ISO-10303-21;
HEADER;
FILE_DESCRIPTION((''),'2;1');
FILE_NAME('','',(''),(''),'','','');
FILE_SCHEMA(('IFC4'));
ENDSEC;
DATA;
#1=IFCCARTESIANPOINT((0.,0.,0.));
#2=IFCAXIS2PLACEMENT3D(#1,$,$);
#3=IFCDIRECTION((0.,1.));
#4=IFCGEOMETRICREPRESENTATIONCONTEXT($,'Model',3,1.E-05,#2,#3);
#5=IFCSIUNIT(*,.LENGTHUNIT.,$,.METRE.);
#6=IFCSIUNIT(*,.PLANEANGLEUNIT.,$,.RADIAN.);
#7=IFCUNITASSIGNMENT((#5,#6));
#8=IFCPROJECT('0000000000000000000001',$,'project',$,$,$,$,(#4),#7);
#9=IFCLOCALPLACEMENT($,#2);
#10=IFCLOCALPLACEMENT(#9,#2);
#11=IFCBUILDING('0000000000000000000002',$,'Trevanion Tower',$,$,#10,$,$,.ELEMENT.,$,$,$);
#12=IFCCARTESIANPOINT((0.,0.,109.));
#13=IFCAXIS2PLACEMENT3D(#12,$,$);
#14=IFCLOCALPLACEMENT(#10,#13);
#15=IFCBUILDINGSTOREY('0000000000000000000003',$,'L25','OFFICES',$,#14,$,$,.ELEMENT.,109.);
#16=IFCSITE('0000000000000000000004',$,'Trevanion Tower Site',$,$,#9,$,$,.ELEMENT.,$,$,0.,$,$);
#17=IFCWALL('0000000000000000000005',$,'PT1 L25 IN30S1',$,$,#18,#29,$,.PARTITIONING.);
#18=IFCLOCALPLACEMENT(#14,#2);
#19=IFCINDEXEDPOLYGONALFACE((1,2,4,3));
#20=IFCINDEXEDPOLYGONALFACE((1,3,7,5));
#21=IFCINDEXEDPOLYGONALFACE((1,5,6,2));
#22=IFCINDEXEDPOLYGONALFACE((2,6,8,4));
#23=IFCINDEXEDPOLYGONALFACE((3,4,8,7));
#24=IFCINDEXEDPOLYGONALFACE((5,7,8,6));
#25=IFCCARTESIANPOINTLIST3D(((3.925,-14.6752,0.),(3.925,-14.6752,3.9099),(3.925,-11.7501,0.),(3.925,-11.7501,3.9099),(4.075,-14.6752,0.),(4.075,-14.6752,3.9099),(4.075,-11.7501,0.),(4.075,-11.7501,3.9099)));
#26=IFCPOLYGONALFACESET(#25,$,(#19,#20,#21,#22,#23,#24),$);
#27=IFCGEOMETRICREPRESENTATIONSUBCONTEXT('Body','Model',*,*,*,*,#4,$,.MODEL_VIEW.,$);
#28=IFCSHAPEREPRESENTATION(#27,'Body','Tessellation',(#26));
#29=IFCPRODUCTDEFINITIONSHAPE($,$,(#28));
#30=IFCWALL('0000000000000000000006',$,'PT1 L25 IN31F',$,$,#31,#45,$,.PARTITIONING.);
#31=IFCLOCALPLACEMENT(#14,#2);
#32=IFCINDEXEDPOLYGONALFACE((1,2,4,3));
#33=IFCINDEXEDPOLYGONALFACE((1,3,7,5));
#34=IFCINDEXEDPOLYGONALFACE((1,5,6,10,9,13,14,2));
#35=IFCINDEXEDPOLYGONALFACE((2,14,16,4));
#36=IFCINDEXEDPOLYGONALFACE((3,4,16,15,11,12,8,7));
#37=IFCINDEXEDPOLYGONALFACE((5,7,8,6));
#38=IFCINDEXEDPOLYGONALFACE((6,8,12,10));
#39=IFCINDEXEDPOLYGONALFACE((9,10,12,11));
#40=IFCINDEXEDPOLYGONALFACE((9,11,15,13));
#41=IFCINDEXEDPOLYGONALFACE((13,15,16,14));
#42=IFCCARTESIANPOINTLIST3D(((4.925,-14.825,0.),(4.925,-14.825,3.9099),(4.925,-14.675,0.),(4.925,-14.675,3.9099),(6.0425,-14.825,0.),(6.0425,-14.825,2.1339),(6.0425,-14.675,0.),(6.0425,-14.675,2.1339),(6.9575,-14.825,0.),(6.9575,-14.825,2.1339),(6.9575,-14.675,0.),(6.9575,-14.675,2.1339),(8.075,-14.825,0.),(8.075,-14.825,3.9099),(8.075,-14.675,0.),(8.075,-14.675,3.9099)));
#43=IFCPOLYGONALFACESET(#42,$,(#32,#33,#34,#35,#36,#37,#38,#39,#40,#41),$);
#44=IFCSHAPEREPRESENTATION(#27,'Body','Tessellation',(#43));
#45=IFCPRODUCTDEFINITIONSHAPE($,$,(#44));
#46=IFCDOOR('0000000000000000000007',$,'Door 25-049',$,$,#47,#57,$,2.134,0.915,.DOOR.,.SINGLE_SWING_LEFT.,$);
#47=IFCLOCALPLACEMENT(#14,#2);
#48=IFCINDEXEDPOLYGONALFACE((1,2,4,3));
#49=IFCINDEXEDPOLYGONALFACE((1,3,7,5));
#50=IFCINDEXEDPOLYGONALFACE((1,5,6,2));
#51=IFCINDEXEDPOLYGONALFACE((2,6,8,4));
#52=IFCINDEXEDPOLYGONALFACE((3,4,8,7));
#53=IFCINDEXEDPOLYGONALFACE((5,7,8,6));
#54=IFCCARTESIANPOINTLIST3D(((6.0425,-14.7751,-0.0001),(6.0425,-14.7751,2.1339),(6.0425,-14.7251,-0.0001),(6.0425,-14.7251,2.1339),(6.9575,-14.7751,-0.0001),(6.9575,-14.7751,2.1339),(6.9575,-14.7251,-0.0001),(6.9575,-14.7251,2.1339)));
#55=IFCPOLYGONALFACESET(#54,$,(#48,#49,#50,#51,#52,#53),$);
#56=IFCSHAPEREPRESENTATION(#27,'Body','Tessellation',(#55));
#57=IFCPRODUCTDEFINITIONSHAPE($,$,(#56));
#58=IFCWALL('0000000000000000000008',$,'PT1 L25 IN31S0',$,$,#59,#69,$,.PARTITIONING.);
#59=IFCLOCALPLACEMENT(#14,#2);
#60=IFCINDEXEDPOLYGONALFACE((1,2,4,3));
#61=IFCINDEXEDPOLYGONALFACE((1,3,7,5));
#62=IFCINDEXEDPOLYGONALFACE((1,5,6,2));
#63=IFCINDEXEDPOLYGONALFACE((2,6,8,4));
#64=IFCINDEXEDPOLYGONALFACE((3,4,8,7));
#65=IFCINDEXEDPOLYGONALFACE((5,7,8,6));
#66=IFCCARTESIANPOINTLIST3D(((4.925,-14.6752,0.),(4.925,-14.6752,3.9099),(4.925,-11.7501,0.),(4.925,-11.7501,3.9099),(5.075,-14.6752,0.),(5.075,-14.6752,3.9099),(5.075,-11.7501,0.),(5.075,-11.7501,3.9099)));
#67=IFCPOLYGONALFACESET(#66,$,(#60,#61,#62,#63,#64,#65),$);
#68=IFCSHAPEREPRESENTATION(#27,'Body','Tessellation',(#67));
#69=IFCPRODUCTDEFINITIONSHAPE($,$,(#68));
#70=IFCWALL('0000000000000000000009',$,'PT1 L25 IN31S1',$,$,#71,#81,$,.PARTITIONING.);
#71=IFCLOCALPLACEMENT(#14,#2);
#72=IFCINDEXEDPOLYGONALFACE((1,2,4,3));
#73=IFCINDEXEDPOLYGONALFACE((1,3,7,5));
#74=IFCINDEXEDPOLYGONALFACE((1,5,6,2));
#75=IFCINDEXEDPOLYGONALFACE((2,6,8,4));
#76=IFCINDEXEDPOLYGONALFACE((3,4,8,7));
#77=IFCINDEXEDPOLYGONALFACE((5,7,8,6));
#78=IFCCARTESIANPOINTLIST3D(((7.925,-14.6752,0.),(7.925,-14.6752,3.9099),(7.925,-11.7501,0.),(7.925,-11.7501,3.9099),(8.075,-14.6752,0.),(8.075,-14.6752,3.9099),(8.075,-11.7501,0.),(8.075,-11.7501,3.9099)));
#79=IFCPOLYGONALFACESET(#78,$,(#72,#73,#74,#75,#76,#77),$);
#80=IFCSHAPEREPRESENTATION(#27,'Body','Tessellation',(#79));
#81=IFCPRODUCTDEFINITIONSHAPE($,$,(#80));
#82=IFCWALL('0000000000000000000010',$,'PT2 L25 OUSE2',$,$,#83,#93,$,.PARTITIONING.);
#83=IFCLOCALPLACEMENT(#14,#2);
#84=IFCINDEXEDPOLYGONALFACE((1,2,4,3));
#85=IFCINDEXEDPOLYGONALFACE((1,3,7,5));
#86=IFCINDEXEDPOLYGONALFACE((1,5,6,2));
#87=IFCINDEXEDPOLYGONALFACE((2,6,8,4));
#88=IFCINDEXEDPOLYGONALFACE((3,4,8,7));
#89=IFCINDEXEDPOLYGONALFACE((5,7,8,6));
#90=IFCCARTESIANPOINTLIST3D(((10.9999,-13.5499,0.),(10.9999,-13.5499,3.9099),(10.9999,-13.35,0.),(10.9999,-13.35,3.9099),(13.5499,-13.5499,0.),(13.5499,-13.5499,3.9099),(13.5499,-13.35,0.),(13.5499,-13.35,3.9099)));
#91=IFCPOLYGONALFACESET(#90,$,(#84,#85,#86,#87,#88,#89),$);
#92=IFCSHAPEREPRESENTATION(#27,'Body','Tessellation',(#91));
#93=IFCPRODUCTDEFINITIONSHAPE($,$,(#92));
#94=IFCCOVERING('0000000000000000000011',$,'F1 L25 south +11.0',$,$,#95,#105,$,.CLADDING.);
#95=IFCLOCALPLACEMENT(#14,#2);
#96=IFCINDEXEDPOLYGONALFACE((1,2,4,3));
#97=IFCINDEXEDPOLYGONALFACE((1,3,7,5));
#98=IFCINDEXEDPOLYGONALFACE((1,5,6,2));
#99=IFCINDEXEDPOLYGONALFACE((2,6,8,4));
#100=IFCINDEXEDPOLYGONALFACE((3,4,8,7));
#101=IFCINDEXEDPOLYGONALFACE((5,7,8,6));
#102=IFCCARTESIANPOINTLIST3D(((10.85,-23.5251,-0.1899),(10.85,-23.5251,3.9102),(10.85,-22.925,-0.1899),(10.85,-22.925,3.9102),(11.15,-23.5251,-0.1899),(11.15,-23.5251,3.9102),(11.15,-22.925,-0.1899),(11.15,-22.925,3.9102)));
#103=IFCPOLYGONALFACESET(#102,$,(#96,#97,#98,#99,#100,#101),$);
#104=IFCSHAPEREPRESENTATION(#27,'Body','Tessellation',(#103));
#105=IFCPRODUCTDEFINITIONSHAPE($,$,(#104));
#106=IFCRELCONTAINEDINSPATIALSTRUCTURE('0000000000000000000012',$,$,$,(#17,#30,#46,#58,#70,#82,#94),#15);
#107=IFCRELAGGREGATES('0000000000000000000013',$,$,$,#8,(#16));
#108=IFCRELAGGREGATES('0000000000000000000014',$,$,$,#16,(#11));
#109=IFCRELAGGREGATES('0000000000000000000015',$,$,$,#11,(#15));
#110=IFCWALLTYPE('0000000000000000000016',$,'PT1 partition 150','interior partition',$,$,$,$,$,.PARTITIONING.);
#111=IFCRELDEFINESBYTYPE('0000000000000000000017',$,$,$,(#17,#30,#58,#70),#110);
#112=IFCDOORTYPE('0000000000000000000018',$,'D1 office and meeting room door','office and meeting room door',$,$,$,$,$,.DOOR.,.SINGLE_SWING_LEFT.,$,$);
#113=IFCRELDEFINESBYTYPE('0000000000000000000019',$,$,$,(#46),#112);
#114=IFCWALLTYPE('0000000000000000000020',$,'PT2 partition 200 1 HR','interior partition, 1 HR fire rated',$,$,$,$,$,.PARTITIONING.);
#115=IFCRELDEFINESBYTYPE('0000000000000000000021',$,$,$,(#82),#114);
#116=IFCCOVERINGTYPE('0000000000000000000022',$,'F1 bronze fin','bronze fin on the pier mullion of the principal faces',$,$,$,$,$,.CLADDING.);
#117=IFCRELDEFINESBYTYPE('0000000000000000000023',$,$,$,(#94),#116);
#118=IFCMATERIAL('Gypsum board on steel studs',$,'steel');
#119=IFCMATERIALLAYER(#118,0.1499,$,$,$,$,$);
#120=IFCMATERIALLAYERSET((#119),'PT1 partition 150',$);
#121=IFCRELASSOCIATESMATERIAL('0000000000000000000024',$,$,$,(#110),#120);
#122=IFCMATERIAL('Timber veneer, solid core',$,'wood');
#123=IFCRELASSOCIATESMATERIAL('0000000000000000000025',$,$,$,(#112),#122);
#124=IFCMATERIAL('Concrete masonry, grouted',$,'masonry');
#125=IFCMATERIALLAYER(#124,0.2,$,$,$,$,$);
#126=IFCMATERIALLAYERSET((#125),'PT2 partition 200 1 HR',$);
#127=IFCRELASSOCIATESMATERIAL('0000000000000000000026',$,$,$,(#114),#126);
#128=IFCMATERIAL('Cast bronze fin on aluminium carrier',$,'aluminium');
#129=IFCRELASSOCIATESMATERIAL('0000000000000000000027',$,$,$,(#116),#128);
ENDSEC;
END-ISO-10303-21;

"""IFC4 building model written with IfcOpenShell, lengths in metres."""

from ifc_helpers import new_model, si_unit, direction, frame, frame_2d, origin, origin_2d, place, context, subcontext, project, spatial, rectangle, extrude, material, layer, layer_set, type_object, element, fill, save


model = new_model("IFC4")

# Units and contexts
model_context = context("Model", 3, precision=1e-05, world=origin(), true_north=direction((0.0, 1.0)))
body_context = subcontext(model_context, "Body", "Model", "MODEL_VIEW")
ifc_project = project(units=[si_unit("LENGTHUNIT", "METRE"), si_unit("PLANEANGLEUNIT", "RADIAN")], contexts=[model_context])

# Site, building, storey
site_placement = place(None, origin())
site = spatial("IfcSite", under=ifc_project, at=site_placement, Name="Trevanion Tower Site", CompositionType="ELEMENT", RefElevation=0.0)
building_placement = place(site_placement, origin())
building = spatial("IfcBuilding", under=site, at=building_placement, Name="Trevanion Tower", CompositionType="ELEMENT")
storey_placement = place(building_placement, frame((0.0, 0.0, 109.0)))
storey = spatial("IfcBuildingStorey", under=building, at=storey_placement, Name="L25", Description="OFFICES", CompositionType="ELEMENT", Elevation=109.0)

# Shared definitions
ifc_material_1 = material(Name="Gypsum board on steel studs", Category="steel")
ifc_layer_1 = layer(ifc_material_1, 0.1499)
ifc_layer_set_1 = layer_set([ifc_layer_1], Name="PT1 partition 150")
wall_type_1 = type_object("IfcWallType", Name="PT1 partition 150", Description="interior partition", PredefinedType="PARTITIONING", material=ifc_layer_set_1)

# Shared definitions
ifc_material_2 = material(Name="Timber veneer, solid core", Category="wood")
door_type = type_object("IfcDoorType", Name="D1 office and meeting room door", Description="office and meeting room door", OperationType="SINGLE_SWING_LEFT", PredefinedType="DOOR", material=ifc_material_2)

# Wall
for number, where, z_axis, x_axis, name in (
    (1, (4.0, -14.675, 0.0), (0.0, 0.0, 1.0), (0.0, 1.0, 0.0), "PT1 L25 IN30S1"),
):
    element("IfcWall", number, at=place(storey_placement, frame(where, z_axis=z_axis, x_axis=x_axis)), inside=storey, type_object=wall_type_1, Name=name, PredefinedType="PARTITIONING", context=body_context, shape_type="SweptSolid", body=[
        extrude(rectangle(XDim=2.925, YDim=0.1499, at=frame_2d((1.4624, 0.0))), origin(), (0.0, 0.0, 1.0), 3.9099),
    ])

# Wall, opening, door
wall_1_placement = place(storey_placement, frame((4.925, -14.75, 0.0), z_axis=(0.0, 0.0, 1.0), x_axis=(1.0, 0.0, 0.0)))
wall_1 = element("IfcWall", 2, at=wall_1_placement, inside=storey, type_object=wall_type_1, Name="PT1 L25 IN31F", PredefinedType="PARTITIONING", context=body_context, shape_type="SweptSolid", body=[
    extrude(rectangle(XDim=3.1499, YDim=0.1499, at=frame_2d((1.575, 0.0))), origin(), (0.0, 0.0, 1.0), 3.9099),
])
opening_1_placement = place(wall_1_placement, frame((1.1174, 0.0, 0.0)))
opening_1 = element("IfcOpeningElement", 3, at=opening_1_placement, cuts=wall_1, PredefinedType="OPENING", context=body_context, shape_type="SweptSolid", body=[
    extrude(rectangle(XDim=0.915, YDim=2.134, at=frame_2d((0.4575, 1.0669))), frame((0.0, 0.085, 0.0), z_axis=(0.0, -1.0, 0.0), x_axis=(1.0, 0.0, 0.0)), (0.0, 0.0, 1.0), 0.1699),
])
door_1_placement = place(opening_1_placement, origin())
door_1 = element("IfcDoor", 4, at=door_1_placement, inside=storey, type_object=door_type, Name="Door 25-049", OperationType="SINGLE_SWING_LEFT", OverallHeight=2.134, OverallWidth=0.915, PredefinedType="DOOR", context=body_context, shape_type="SweptSolid", body=[
    extrude(rectangle(XDim=0.915, YDim=2.134, at=frame_2d((0.4575, 1.0669))), frame((0.0, 0.0249, 0.0), z_axis=(0.0, -1.0, 0.0), x_axis=(1.0, 0.0, 0.0)), (0.0, 0.0, 1.0), 0.05),
])
fill(opening_1, door_1)

# Walls
for number, where, z_axis, x_axis, name in (
    (5, (5.0, -14.675, 0.0), (0.0, 0.0, 1.0), (0.0, 1.0, 0.0), "PT1 L25 IN31S0"),
    (6, (8.0, -14.675, 0.0), (0.0, 0.0, 1.0), (0.0, 1.0, 0.0), "PT1 L25 IN31S1"),
):
    element("IfcWall", number, at=place(storey_placement, frame(where, z_axis=z_axis, x_axis=x_axis)), inside=storey, type_object=wall_type_1, Name=name, PredefinedType="PARTITIONING", context=body_context, shape_type="SweptSolid", body=[
        extrude(rectangle(XDim=2.925, YDim=0.1499, at=frame_2d((1.4624, 0.0))), origin(), (0.0, 0.0, 1.0), 3.9099),
    ])
ifc_material_3 = material(Name="Concrete masonry, grouted", Category="masonry")
ifc_layer_2 = layer(ifc_material_3, 0.2)
ifc_layer_set_2 = layer_set([ifc_layer_2], Name="PT2 partition 200 1 HR")
wall_type_2 = type_object("IfcWallType", Name="PT2 partition 200 1 HR", Description="interior partition, 1 HR fire rated", PredefinedType="PARTITIONING", material=ifc_layer_set_2)
wall_2_placement = place(storey_placement, frame((11.0, -13.45, 0.0), z_axis=(0.0, 0.0, 1.0), x_axis=(1.0, 0.0, 0.0)))
element("IfcWall", 7, at=wall_2_placement, inside=storey, type_object=wall_type_2, Name="PT2 L25 OUSE2", PredefinedType="PARTITIONING", context=body_context, shape_type="SweptSolid", body=[
    extrude(rectangle(XDim=2.55, YDim=0.2, at=frame_2d((1.2749, 0.0))), origin(), (0.0, 0.0, 1.0), 3.9099),
])

# Covering
ifc_material_4 = material(Name="Cast bronze fin on aluminium carrier", Category="aluminium")
covering_type = type_object("IfcCoveringType", Name="F1 bronze fin", Description="bronze fin on the pier mullion of the principal faces", PredefinedType="CLADDING", material=ifc_material_4)
covering_placement = place(storey_placement, frame((11.0, -23.2251, -0.1899), z_axis=(0.0, 0.0, 1.0), x_axis=(1.0, 0.0, 0.0)))
element("IfcCovering", 8, at=covering_placement, inside=storey, type_object=covering_type, Name="F1 L25 south +11.0", PredefinedType="CLADDING", context=body_context, shape_type="SweptSolid", body=[
    extrude(rectangle(XDim=0.3, YDim=0.6001, at=origin_2d()), origin(), (0.0, 0.0, 1.0), 4.1001),
])

save(model, "model.ifc")
